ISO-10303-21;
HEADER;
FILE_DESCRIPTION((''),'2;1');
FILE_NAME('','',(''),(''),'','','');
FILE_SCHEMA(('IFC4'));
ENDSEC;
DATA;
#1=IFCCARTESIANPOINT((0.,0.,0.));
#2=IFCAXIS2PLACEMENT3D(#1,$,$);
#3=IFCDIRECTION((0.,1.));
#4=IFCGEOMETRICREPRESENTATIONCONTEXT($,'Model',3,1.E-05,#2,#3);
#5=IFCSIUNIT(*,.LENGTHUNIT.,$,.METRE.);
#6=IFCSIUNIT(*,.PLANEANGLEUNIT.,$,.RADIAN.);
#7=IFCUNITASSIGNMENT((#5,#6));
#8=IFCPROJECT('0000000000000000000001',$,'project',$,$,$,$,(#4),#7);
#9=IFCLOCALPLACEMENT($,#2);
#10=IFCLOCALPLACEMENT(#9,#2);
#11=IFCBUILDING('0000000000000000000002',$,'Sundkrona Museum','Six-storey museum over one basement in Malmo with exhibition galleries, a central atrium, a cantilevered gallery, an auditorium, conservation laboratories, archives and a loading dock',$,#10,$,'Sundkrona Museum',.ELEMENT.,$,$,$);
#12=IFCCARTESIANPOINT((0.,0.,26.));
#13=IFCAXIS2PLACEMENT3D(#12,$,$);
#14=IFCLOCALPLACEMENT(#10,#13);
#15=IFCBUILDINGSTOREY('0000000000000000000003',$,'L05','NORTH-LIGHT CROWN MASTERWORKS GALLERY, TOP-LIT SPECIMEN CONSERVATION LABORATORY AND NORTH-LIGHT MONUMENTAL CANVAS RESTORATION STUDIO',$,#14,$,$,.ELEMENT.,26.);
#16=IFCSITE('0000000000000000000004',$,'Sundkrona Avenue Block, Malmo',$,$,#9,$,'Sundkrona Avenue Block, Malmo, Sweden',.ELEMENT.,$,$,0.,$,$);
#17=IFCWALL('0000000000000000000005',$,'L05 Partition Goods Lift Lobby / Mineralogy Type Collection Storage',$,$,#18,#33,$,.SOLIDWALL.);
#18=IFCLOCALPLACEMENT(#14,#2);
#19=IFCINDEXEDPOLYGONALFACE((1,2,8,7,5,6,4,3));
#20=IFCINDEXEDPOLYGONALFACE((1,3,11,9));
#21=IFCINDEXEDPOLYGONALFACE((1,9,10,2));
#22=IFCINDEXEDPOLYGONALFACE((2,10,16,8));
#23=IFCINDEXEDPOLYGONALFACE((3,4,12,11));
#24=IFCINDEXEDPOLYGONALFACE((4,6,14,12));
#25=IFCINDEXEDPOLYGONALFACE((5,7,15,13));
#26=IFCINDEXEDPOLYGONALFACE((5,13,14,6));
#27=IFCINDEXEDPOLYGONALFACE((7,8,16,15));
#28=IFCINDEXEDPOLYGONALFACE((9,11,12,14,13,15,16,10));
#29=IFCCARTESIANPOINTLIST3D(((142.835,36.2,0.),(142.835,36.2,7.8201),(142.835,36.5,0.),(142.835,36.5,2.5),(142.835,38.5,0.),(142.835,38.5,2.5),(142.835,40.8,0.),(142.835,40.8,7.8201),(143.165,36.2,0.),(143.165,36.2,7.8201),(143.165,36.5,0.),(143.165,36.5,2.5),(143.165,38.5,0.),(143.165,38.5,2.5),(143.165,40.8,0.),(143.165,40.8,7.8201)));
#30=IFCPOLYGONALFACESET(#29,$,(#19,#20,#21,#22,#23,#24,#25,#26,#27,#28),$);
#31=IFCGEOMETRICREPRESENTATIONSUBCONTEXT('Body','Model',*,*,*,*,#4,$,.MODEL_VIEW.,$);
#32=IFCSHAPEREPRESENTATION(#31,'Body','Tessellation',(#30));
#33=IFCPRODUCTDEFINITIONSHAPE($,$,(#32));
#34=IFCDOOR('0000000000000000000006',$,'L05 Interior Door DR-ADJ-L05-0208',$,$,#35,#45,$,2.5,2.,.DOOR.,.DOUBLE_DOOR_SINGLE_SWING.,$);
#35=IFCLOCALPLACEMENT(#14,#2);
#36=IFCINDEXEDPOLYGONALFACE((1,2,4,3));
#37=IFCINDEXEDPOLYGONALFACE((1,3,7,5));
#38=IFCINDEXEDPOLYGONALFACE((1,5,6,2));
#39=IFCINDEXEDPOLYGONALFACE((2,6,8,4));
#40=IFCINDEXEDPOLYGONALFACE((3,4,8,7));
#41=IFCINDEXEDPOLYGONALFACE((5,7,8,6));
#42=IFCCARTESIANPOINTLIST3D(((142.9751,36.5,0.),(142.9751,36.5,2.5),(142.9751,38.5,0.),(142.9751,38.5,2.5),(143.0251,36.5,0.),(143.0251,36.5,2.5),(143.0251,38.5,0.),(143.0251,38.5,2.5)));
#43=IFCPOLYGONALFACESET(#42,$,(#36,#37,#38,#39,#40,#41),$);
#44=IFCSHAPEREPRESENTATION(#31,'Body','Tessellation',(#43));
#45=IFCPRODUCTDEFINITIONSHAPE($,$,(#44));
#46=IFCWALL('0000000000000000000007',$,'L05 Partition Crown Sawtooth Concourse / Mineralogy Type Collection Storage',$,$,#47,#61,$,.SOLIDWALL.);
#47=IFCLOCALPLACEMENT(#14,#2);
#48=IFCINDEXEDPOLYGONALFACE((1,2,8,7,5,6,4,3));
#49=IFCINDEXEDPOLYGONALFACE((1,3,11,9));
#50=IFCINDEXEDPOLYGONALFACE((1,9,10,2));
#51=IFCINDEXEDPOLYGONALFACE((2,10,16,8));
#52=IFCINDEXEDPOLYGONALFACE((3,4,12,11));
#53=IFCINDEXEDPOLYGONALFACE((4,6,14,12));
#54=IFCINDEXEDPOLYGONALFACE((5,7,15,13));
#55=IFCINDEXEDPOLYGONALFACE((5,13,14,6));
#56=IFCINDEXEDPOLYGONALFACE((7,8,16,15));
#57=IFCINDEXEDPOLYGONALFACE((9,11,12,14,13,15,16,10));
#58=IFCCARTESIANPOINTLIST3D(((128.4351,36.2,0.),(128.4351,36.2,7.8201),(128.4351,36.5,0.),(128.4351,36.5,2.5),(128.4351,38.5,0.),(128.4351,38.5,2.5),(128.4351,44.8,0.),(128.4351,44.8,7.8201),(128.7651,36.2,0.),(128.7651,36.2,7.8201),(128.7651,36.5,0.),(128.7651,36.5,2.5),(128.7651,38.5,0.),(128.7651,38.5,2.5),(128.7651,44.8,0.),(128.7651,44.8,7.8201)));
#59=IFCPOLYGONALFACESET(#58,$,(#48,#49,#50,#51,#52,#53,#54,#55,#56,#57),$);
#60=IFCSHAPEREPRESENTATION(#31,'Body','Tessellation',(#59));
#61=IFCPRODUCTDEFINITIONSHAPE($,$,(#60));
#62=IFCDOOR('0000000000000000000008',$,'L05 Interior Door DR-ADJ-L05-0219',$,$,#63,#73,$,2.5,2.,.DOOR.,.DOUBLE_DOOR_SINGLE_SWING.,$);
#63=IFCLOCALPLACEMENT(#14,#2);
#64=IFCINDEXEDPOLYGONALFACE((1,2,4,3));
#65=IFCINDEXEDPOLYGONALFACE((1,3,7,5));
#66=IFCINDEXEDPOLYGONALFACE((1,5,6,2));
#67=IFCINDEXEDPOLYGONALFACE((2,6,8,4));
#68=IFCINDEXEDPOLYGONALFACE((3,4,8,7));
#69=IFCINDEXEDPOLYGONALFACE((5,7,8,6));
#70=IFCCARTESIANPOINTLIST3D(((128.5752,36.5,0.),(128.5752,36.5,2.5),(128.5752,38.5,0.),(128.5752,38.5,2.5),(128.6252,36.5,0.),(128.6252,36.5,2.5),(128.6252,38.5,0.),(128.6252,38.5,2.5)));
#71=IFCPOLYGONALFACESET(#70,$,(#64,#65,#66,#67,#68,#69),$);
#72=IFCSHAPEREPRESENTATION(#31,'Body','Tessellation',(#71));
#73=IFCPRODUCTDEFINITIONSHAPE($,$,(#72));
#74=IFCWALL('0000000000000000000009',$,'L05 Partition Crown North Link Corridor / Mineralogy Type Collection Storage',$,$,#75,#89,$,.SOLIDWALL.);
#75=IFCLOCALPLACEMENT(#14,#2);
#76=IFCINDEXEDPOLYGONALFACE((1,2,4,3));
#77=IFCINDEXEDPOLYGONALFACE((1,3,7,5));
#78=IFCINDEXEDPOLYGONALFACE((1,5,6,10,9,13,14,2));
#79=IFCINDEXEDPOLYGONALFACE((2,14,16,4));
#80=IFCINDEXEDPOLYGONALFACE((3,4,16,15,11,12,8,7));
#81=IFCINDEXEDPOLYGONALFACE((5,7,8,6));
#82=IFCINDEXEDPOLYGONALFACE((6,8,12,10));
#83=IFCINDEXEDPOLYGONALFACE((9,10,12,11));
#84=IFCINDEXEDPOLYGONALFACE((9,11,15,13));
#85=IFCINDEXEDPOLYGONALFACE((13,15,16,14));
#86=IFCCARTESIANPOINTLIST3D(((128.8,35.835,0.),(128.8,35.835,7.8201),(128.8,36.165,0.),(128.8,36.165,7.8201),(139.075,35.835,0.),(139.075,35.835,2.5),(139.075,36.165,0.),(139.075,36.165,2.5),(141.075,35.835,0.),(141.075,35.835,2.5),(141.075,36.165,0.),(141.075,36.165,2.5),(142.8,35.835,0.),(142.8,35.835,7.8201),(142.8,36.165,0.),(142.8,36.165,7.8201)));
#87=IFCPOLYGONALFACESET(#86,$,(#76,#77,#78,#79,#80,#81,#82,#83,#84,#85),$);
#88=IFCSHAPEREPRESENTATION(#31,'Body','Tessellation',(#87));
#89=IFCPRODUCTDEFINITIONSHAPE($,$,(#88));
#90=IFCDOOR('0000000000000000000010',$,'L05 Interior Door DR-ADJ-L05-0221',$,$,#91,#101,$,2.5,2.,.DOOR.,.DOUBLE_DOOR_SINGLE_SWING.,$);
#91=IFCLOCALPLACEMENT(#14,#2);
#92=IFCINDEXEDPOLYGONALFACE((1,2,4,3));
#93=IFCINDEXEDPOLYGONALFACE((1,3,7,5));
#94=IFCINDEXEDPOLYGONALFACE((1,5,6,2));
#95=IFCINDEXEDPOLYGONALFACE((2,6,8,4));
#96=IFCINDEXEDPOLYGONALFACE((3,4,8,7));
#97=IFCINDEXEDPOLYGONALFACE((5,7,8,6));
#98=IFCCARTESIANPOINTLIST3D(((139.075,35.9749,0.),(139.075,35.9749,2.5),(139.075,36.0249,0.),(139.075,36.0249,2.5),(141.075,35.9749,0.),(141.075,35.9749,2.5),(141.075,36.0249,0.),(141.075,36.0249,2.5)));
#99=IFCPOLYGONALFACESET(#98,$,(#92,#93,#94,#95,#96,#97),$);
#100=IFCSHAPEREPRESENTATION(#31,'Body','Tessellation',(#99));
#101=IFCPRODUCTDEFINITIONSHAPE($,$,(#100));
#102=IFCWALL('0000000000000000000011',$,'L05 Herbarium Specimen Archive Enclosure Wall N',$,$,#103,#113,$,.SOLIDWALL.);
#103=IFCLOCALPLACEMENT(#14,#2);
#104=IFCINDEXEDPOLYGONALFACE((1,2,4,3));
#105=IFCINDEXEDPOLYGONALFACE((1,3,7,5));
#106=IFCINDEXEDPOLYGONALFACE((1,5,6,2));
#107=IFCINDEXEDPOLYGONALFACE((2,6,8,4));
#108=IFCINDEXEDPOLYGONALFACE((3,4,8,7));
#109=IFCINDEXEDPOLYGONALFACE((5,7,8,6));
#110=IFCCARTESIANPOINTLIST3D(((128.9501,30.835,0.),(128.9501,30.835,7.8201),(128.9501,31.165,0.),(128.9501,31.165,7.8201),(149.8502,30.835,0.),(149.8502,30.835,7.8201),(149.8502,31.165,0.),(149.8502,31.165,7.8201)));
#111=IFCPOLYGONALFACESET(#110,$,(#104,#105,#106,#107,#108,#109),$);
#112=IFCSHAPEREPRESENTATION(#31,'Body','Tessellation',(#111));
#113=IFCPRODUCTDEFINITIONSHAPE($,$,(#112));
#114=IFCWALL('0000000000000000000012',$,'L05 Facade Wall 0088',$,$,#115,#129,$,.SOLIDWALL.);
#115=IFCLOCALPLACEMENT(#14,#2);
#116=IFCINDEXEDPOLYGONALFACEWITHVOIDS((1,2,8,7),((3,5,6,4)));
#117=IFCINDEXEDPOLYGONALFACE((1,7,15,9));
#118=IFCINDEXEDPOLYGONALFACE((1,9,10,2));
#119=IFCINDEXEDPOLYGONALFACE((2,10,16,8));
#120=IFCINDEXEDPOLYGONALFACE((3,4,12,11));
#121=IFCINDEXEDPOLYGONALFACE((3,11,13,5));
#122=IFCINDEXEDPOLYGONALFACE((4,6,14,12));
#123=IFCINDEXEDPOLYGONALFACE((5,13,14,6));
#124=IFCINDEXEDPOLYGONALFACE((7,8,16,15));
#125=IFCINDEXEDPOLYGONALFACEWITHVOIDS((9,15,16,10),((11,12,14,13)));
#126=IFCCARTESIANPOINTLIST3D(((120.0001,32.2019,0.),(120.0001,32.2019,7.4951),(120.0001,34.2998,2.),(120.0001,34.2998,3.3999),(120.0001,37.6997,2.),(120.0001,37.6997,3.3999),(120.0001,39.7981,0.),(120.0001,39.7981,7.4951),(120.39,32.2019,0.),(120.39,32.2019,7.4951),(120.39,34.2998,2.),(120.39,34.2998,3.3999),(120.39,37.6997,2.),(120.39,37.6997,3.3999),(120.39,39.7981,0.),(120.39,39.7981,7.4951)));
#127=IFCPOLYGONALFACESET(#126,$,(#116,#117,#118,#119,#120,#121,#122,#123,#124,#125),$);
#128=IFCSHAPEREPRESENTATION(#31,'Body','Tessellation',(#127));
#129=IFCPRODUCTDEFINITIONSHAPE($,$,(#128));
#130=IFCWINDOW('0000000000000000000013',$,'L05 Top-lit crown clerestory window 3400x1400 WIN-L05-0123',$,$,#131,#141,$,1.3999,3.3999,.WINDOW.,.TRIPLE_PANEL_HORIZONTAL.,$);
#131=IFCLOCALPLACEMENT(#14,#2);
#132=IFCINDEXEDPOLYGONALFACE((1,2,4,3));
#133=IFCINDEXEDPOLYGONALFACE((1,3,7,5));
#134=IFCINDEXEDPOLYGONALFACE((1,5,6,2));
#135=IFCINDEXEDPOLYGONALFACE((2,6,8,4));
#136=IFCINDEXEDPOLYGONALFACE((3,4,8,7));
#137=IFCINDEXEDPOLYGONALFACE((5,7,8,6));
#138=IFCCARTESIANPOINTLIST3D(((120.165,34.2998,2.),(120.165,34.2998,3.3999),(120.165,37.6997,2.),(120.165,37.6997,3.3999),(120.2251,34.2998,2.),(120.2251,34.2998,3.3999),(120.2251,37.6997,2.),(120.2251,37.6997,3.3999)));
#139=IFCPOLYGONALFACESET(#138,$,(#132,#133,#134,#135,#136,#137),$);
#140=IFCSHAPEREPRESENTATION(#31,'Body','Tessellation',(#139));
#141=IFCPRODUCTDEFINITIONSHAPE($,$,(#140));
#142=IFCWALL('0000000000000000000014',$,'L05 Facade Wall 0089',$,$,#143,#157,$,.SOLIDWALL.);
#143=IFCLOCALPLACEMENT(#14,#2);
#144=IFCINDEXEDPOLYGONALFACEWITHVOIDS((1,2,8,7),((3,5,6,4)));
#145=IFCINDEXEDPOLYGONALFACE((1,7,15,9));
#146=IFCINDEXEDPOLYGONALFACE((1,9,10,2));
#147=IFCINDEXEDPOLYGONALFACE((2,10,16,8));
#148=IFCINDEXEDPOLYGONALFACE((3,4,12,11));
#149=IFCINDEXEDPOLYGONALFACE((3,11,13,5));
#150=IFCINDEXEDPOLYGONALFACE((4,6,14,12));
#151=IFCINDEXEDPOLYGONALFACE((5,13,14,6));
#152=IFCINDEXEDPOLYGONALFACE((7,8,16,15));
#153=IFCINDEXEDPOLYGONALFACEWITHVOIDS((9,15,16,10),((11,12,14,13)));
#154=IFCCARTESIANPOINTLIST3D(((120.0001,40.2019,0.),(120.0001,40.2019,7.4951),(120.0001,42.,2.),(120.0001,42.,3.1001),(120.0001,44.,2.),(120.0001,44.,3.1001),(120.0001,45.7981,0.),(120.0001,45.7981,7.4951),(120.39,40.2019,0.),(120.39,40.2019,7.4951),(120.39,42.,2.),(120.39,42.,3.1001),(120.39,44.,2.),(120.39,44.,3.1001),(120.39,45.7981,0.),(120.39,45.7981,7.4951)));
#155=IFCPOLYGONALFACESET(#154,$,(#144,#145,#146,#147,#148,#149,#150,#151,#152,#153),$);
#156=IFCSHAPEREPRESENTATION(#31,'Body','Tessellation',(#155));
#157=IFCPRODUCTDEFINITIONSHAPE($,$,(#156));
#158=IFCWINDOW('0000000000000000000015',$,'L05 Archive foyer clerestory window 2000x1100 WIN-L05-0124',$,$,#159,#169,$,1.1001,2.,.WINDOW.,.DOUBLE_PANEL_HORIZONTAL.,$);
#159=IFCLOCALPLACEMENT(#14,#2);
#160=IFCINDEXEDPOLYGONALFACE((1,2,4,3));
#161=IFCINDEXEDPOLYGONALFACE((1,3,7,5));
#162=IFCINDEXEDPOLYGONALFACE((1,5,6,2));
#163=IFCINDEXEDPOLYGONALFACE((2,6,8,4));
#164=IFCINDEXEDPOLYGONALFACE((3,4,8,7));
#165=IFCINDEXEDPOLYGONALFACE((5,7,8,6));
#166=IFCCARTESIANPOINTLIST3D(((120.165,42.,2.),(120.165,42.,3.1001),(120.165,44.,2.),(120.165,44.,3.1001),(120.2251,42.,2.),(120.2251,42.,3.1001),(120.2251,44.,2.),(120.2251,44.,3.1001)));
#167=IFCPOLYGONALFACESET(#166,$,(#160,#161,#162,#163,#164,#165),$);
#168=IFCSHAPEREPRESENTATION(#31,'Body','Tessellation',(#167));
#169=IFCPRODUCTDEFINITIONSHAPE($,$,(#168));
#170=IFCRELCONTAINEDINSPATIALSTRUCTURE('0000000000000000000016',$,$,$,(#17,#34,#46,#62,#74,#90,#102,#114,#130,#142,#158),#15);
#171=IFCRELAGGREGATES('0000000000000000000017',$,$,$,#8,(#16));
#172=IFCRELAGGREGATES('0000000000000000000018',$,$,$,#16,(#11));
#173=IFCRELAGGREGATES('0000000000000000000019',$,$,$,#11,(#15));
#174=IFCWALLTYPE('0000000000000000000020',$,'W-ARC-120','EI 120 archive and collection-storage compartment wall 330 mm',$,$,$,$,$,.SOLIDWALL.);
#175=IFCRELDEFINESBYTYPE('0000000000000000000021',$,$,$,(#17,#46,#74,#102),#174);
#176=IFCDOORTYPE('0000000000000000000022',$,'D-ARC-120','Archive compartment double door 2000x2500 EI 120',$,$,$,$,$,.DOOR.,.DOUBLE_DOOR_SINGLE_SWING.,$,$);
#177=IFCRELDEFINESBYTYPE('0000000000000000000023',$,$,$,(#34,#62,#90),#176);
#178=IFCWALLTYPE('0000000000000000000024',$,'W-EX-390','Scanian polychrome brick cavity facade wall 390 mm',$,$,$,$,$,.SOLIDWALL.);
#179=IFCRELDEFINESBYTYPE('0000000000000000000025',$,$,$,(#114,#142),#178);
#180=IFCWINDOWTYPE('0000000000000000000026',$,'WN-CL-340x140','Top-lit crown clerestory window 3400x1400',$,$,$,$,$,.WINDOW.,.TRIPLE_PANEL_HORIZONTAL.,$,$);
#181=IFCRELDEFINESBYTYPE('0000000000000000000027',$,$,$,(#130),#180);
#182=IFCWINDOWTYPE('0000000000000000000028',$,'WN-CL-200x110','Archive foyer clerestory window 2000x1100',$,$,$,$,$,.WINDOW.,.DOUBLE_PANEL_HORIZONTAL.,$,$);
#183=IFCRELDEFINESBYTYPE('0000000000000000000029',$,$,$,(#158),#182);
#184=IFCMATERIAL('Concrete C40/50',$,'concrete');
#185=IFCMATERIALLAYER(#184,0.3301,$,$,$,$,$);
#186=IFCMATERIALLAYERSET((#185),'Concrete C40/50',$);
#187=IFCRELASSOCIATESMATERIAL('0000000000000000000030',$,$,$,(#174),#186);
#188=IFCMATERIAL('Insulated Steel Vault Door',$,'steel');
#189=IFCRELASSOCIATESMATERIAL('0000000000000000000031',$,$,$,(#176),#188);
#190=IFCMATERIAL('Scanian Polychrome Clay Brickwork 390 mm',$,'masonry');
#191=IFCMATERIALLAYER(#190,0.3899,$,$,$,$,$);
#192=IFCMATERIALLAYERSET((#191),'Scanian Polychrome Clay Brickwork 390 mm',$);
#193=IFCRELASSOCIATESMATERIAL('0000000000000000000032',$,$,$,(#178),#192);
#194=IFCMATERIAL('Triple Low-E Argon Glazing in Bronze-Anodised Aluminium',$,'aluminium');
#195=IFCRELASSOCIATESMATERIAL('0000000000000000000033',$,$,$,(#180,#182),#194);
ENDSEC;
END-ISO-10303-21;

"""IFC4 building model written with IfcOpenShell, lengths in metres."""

from ifc_helpers import new_model, si_unit, direction, frame, frame_2d, origin, place, context, subcontext, project, spatial, rectangle, extrude, material, layer, layer_set, type_object, element, fill, save


model = new_model("IFC4")

# Units and contexts
model_context = context("Model", 3, precision=1e-05, world=origin(), true_north=direction((0.0, 1.0)))
body_context = subcontext(model_context, "Body", "Model", "MODEL_VIEW")
ifc_project = project(units=[si_unit("LENGTHUNIT", "METRE"), si_unit("PLANEANGLEUNIT", "RADIAN")], contexts=[model_context])

# Site, building, storey
site_placement = place(None, origin())
site = spatial("IfcSite", under=ifc_project, at=site_placement, Name="Sundkrona Avenue Block, Malmo", LongName="Sundkrona Avenue Block, Malmo, Sweden", CompositionType="ELEMENT", RefElevation=0.0)
building_placement = place(site_placement, origin())
building = spatial("IfcBuilding", under=site, at=building_placement, Name="Sundkrona Museum", Description="Six-storey museum over one basement in Malmo with exhibition galleries, a central atrium, a cantilevered gallery, an auditorium, conservation laboratories, archives and a loading dock", LongName="Sundkrona Museum", CompositionType="ELEMENT")
storey_placement = place(building_placement, frame((0.0, 0.0, 26.0)))
storey = spatial("IfcBuildingStorey", under=building, at=storey_placement, Name="L05", Description="NORTH-LIGHT CROWN MASTERWORKS GALLERY, TOP-LIT SPECIMEN CONSERVATION LABORATORY AND NORTH-LIGHT MONUMENTAL CANVAS RESTORATION STUDIO", CompositionType="ELEMENT", Elevation=26.0)

# Walls, openings, doors
ifc_material_1 = material(Name="Concrete C40/50", Category="concrete")
ifc_layer_1 = layer(ifc_material_1, 0.3301)
ifc_layer_set_1 = layer_set([ifc_layer_1], Name="Concrete C40/50")
wall_type_1 = type_object("IfcWallType", Name="W-ARC-120", Description="EI 120 archive and collection-storage compartment wall 330 mm", PredefinedType="SOLIDWALL", material=ifc_layer_set_1)
wall_1_placement = place(storey_placement, frame((143.0, 36.2, 0.0), z_axis=(0.0, 0.0, 1.0), x_axis=(0.0, 1.0, 0.0)))
wall_1 = element("IfcWall", 1, at=wall_1_placement, inside=storey, type_object=wall_type_1, Name="L05 Partition Goods Lift Lobby / Mineralogy Type Collection Storage", PredefinedType="SOLIDWALL", context=body_context, shape_type="SweptSolid", body=[
    extrude(rectangle(XDim=4.6001, YDim=0.3301, at=frame_2d((2.3, 0.0))), origin(), (0.0, 0.0, 1.0), 7.8201),
])
opening_1_placement = place(wall_1_placement, frame((0.3, 0.0, 0.0)))
opening_1 = element("IfcOpeningElement", 2, at=opening_1_placement, cuts=wall_1, PredefinedType="OPENING", context=body_context, shape_type="SweptSolid", body=[
    extrude(rectangle(XDim=2.0, YDim=2.5, at=frame_2d((1.0, 1.25))), frame((0.0, 0.175, 0.0), z_axis=(0.0, -1.0, 0.0), x_axis=(1.0, 0.0, 0.0)), (0.0, 0.0, 1.0), 0.3501),
])
ifc_material_2 = material(Name="Insulated Steel Vault Door", Category="steel")
door_type_1 = type_object("IfcDoorType", Name="D-ARC-120", Description="Archive compartment double door 2000x2500 EI 120", OperationType="DOUBLE_DOOR_SINGLE_SWING", PredefinedType="DOOR", material=ifc_material_2)
door_1_placement = place(opening_1_placement, origin())
door_1 = element("IfcDoor", 3, at=door_1_placement, inside=storey, type_object=door_type_1, Name="L05 Interior Door DR-ADJ-L05-0208", OperationType="DOUBLE_DOOR_SINGLE_SWING", OverallHeight=2.5, OverallWidth=2.0, PredefinedType="DOOR", context=body_context, shape_type="SweptSolid", body=[
    extrude(rectangle(XDim=2.0, YDim=2.5, at=frame_2d((1.0, 1.25))), frame((0.0, 0.0249, 0.0), z_axis=(0.0, -1.0, 0.0), x_axis=(1.0, 0.0, 0.0)), (0.0, 0.0, 1.0), 0.05),
])
fill(opening_1, door_1)
wall_2_placement = place(storey_placement, frame((128.6001, 36.2, 0.0), z_axis=(0.0, 0.0, 1.0), x_axis=(0.0, 1.0, 0.0)))
wall_2 = element("IfcWall", 4, at=wall_2_placement, inside=storey, type_object=wall_type_1, Name="L05 Partition Crown Sawtooth Concourse / Mineralogy Type Collection Storage", PredefinedType="SOLIDWALL", context=body_context, shape_type="SweptSolid", body=[
    extrude(rectangle(XDim=8.6001, YDim=0.3301, at=frame_2d((4.3, 0.0))), origin(), (0.0, 0.0, 1.0), 7.8201),
])
opening_2_placement = place(wall_2_placement, frame((0.3, 0.0, 0.0)))
opening_2 = element("IfcOpeningElement", 5, at=opening_2_placement, cuts=wall_2, PredefinedType="OPENING", context=body_context, shape_type="SweptSolid", body=[
    extrude(rectangle(XDim=2.0, YDim=2.5, at=frame_2d((1.0, 1.25))), frame((0.0, 0.175, 0.0), z_axis=(0.0, -1.0, 0.0), x_axis=(1.0, 0.0, 0.0)), (0.0, 0.0, 1.0), 0.3501),
])
door_2_placement = place(opening_2_placement, origin())
door_2 = element("IfcDoor", 6, at=door_2_placement, inside=storey, type_object=door_type_1, Name="L05 Interior Door DR-ADJ-L05-0219", OperationType="DOUBLE_DOOR_SINGLE_SWING", OverallHeight=2.5, OverallWidth=2.0, PredefinedType="DOOR", context=body_context, shape_type="SweptSolid", body=[
    extrude(rectangle(XDim=2.0, YDim=2.5, at=frame_2d((1.0, 1.25))), frame((0.0, 0.0249, 0.0), z_axis=(0.0, -1.0, 0.0), x_axis=(1.0, 0.0, 0.0)), (0.0, 0.0, 1.0), 0.05),
])
fill(opening_2, door_2)
wall_3_placement = place(storey_placement, frame((128.8, 36.0, 0.0), z_axis=(0.0, 0.0, 1.0), x_axis=(1.0, 0.0, 0.0)))
wall_3 = element("IfcWall", 7, at=wall_3_placement, inside=storey, type_object=wall_type_1, Name="L05 Partition Crown North Link Corridor / Mineralogy Type Collection Storage", PredefinedType="SOLIDWALL", context=body_context, shape_type="SweptSolid", body=[
    extrude(rectangle(XDim=14.0, YDim=0.3301, at=frame_2d((7.0, 0.0))), origin(), (0.0, 0.0, 1.0), 7.8201),
])
opening_3_placement = place(wall_3_placement, frame((10.2749, 0.0, 0.0)))
opening_3 = element("IfcOpeningElement", 8, at=opening_3_placement, cuts=wall_3, PredefinedType="OPENING", context=body_context, shape_type="SweptSolid", body=[
    extrude(rectangle(XDim=2.0, YDim=2.5, at=frame_2d((1.0, 1.25))), frame((0.0, 0.175, 0.0), z_axis=(0.0, -1.0, 0.0), x_axis=(1.0, 0.0, 0.0)), (0.0, 0.0, 1.0), 0.3501),
])
door_3_placement = place(opening_3_placement, origin())
door_3 = element("IfcDoor", 9, at=door_3_placement, inside=storey, type_object=door_type_1, Name="L05 Interior Door DR-ADJ-L05-0221", OperationType="DOUBLE_DOOR_SINGLE_SWING", OverallHeight=2.5, OverallWidth=2.0, PredefinedType="DOOR", context=body_context, shape_type="SweptSolid", body=[
    extrude(rectangle(XDim=2.0, YDim=2.5, at=frame_2d((1.0, 1.25))), frame((0.0, 0.0249, 0.0), z_axis=(0.0, -1.0, 0.0), x_axis=(1.0, 0.0, 0.0)), (0.0, 0.0, 1.0), 0.05),
])
fill(opening_3, door_3)

# Wall
wall_4_placement = place(storey_placement, frame((128.95, 31.0, 0.0), z_axis=(0.0, 0.0, 1.0), x_axis=(1.0, 0.0, 0.0)))
element("IfcWall", 10, at=wall_4_placement, inside=storey, type_object=wall_type_1, Name="L05 Herbarium Specimen Archive Enclosure Wall N", PredefinedType="SOLIDWALL", context=body_context, shape_type="SweptSolid", body=[
    extrude(rectangle(XDim=20.9001, YDim=0.3301, at=frame_2d((10.4502, 0.0))), origin(), (0.0, 0.0, 1.0), 7.8201),
])

# Walls, openings, windows
ifc_material_3 = material(Name="Scanian Polychrome Clay Brickwork 390 mm", Category="masonry")
ifc_layer_2 = layer(ifc_material_3, 0.3899)
ifc_layer_set_2 = layer_set([ifc_layer_2], Name="Scanian Polychrome Clay Brickwork 390 mm")
wall_type_2 = type_object("IfcWallType", Name="W-EX-390", Description="Scanian polychrome brick cavity facade wall 390 mm", PredefinedType="SOLIDWALL", material=ifc_layer_set_2)
wall_5_placement = place(storey_placement, frame((120.1951, 32.2019, 0.0), z_axis=(0.0, 0.0, 1.0), x_axis=(0.0, 1.0, 0.0)))
wall_5 = element("IfcWall", 11, at=wall_5_placement, inside=storey, type_object=wall_type_2, Name="L05 Facade Wall 0088", PredefinedType="SOLIDWALL", context=body_context, shape_type="SweptSolid", body=[
    extrude(rectangle(XDim=7.5962, YDim=0.3899, at=frame_2d((3.7981, 0.0))), origin(), (0.0, 0.0, 1.0), 7.4951),
])
opening_4_placement = place(wall_5_placement, frame((2.0979, 0.0, 2.0)))
opening_4 = element("IfcOpeningElement", 12, at=opening_4_placement, cuts=wall_5, PredefinedType="OPENING", context=body_context, shape_type="SweptSolid", body=[
    extrude(rectangle(XDim=3.3999, YDim=1.3999, at=frame_2d((1.7, 0.7))), frame((0.0, 0.2048, 0.0), z_axis=(0.0, -1.0, 0.0), x_axis=(1.0, 0.0, 0.0)), (0.0, 0.0, 1.0), 0.4099),
])
ifc_material_4 = material(Name="Triple Low-E Argon Glazing in Bronze-Anodised Aluminium", Category="aluminium")
window_type_1 = type_object("IfcWindowType", Name="WN-CL-340x140", Description="Top-lit crown clerestory window 3400x1400", PartitioningType="TRIPLE_PANEL_HORIZONTAL", PredefinedType="WINDOW", material=ifc_material_4)
window_1_placement = place(opening_4_placement, origin())
window_1 = element("IfcWindow", 13, at=window_1_placement, inside=storey, type_object=window_type_1, Name="L05 Top-lit crown clerestory window 3400x1400 WIN-L05-0123", OverallHeight=1.3999, OverallWidth=3.3999, PartitioningType="TRIPLE_PANEL_HORIZONTAL", PredefinedType="WINDOW", context=body_context, shape_type="SweptSolid", body=[
    extrude(rectangle(XDim=3.3999, YDim=1.3999, at=frame_2d((1.7, 0.7))), frame((0.0, 0.03, 0.0), z_axis=(0.0, -1.0, 0.0), x_axis=(1.0, 0.0, 0.0)), (0.0, 0.0, 1.0), 0.0601),
])
fill(opening_4, window_1)
wall_6_placement = place(storey_placement, frame((120.1951, 40.2019, 0.0), z_axis=(0.0, 0.0, 1.0), x_axis=(0.0, 1.0, 0.0)))
wall_6 = element("IfcWall", 14, at=wall_6_placement, inside=storey, type_object=wall_type_2, Name="L05 Facade Wall 0089", PredefinedType="SOLIDWALL", context=body_context, shape_type="SweptSolid", body=[
    extrude(rectangle(XDim=5.5962, YDim=0.3899, at=frame_2d((2.7981, 0.0))), origin(), (0.0, 0.0, 1.0), 7.4951),
])
opening_5_placement = place(wall_6_placement, frame((1.7981, 0.0, 2.0)))
opening_5 = element("IfcOpeningElement", 15, at=opening_5_placement, cuts=wall_6, PredefinedType="OPENING", context=body_context, shape_type="SweptSolid", body=[
    extrude(rectangle(XDim=2.0, YDim=1.1001, at=frame_2d((1.0, 0.55))), frame((0.0, 0.2048, 0.0), z_axis=(0.0, -1.0, 0.0), x_axis=(1.0, 0.0, 0.0)), (0.0, 0.0, 1.0), 0.4099),
])
window_type_2 = type_object("IfcWindowType", Name="WN-CL-200x110", Description="Archive foyer clerestory window 2000x1100", PartitioningType="DOUBLE_PANEL_HORIZONTAL", PredefinedType="WINDOW", material=ifc_material_4)
window_2_placement = place(opening_5_placement, origin())
window_2 = element("IfcWindow", 16, at=window_2_placement, inside=storey, type_object=window_type_2, Name="L05 Archive foyer clerestory window 2000x1100 WIN-L05-0124", OverallHeight=1.1001, OverallWidth=2.0, PartitioningType="DOUBLE_PANEL_HORIZONTAL", PredefinedType="WINDOW", context=body_context, shape_type="SweptSolid", body=[
    extrude(rectangle(XDim=2.0, YDim=1.1001, at=frame_2d((1.0, 0.55))), frame((0.0, 0.03, 0.0), z_axis=(0.0, -1.0, 0.0), x_axis=(1.0, 0.0, 0.0)), (0.0, 0.0, 1.0), 0.0601),
])
fill(opening_5, window_2)

save(model, "model.ifc")
